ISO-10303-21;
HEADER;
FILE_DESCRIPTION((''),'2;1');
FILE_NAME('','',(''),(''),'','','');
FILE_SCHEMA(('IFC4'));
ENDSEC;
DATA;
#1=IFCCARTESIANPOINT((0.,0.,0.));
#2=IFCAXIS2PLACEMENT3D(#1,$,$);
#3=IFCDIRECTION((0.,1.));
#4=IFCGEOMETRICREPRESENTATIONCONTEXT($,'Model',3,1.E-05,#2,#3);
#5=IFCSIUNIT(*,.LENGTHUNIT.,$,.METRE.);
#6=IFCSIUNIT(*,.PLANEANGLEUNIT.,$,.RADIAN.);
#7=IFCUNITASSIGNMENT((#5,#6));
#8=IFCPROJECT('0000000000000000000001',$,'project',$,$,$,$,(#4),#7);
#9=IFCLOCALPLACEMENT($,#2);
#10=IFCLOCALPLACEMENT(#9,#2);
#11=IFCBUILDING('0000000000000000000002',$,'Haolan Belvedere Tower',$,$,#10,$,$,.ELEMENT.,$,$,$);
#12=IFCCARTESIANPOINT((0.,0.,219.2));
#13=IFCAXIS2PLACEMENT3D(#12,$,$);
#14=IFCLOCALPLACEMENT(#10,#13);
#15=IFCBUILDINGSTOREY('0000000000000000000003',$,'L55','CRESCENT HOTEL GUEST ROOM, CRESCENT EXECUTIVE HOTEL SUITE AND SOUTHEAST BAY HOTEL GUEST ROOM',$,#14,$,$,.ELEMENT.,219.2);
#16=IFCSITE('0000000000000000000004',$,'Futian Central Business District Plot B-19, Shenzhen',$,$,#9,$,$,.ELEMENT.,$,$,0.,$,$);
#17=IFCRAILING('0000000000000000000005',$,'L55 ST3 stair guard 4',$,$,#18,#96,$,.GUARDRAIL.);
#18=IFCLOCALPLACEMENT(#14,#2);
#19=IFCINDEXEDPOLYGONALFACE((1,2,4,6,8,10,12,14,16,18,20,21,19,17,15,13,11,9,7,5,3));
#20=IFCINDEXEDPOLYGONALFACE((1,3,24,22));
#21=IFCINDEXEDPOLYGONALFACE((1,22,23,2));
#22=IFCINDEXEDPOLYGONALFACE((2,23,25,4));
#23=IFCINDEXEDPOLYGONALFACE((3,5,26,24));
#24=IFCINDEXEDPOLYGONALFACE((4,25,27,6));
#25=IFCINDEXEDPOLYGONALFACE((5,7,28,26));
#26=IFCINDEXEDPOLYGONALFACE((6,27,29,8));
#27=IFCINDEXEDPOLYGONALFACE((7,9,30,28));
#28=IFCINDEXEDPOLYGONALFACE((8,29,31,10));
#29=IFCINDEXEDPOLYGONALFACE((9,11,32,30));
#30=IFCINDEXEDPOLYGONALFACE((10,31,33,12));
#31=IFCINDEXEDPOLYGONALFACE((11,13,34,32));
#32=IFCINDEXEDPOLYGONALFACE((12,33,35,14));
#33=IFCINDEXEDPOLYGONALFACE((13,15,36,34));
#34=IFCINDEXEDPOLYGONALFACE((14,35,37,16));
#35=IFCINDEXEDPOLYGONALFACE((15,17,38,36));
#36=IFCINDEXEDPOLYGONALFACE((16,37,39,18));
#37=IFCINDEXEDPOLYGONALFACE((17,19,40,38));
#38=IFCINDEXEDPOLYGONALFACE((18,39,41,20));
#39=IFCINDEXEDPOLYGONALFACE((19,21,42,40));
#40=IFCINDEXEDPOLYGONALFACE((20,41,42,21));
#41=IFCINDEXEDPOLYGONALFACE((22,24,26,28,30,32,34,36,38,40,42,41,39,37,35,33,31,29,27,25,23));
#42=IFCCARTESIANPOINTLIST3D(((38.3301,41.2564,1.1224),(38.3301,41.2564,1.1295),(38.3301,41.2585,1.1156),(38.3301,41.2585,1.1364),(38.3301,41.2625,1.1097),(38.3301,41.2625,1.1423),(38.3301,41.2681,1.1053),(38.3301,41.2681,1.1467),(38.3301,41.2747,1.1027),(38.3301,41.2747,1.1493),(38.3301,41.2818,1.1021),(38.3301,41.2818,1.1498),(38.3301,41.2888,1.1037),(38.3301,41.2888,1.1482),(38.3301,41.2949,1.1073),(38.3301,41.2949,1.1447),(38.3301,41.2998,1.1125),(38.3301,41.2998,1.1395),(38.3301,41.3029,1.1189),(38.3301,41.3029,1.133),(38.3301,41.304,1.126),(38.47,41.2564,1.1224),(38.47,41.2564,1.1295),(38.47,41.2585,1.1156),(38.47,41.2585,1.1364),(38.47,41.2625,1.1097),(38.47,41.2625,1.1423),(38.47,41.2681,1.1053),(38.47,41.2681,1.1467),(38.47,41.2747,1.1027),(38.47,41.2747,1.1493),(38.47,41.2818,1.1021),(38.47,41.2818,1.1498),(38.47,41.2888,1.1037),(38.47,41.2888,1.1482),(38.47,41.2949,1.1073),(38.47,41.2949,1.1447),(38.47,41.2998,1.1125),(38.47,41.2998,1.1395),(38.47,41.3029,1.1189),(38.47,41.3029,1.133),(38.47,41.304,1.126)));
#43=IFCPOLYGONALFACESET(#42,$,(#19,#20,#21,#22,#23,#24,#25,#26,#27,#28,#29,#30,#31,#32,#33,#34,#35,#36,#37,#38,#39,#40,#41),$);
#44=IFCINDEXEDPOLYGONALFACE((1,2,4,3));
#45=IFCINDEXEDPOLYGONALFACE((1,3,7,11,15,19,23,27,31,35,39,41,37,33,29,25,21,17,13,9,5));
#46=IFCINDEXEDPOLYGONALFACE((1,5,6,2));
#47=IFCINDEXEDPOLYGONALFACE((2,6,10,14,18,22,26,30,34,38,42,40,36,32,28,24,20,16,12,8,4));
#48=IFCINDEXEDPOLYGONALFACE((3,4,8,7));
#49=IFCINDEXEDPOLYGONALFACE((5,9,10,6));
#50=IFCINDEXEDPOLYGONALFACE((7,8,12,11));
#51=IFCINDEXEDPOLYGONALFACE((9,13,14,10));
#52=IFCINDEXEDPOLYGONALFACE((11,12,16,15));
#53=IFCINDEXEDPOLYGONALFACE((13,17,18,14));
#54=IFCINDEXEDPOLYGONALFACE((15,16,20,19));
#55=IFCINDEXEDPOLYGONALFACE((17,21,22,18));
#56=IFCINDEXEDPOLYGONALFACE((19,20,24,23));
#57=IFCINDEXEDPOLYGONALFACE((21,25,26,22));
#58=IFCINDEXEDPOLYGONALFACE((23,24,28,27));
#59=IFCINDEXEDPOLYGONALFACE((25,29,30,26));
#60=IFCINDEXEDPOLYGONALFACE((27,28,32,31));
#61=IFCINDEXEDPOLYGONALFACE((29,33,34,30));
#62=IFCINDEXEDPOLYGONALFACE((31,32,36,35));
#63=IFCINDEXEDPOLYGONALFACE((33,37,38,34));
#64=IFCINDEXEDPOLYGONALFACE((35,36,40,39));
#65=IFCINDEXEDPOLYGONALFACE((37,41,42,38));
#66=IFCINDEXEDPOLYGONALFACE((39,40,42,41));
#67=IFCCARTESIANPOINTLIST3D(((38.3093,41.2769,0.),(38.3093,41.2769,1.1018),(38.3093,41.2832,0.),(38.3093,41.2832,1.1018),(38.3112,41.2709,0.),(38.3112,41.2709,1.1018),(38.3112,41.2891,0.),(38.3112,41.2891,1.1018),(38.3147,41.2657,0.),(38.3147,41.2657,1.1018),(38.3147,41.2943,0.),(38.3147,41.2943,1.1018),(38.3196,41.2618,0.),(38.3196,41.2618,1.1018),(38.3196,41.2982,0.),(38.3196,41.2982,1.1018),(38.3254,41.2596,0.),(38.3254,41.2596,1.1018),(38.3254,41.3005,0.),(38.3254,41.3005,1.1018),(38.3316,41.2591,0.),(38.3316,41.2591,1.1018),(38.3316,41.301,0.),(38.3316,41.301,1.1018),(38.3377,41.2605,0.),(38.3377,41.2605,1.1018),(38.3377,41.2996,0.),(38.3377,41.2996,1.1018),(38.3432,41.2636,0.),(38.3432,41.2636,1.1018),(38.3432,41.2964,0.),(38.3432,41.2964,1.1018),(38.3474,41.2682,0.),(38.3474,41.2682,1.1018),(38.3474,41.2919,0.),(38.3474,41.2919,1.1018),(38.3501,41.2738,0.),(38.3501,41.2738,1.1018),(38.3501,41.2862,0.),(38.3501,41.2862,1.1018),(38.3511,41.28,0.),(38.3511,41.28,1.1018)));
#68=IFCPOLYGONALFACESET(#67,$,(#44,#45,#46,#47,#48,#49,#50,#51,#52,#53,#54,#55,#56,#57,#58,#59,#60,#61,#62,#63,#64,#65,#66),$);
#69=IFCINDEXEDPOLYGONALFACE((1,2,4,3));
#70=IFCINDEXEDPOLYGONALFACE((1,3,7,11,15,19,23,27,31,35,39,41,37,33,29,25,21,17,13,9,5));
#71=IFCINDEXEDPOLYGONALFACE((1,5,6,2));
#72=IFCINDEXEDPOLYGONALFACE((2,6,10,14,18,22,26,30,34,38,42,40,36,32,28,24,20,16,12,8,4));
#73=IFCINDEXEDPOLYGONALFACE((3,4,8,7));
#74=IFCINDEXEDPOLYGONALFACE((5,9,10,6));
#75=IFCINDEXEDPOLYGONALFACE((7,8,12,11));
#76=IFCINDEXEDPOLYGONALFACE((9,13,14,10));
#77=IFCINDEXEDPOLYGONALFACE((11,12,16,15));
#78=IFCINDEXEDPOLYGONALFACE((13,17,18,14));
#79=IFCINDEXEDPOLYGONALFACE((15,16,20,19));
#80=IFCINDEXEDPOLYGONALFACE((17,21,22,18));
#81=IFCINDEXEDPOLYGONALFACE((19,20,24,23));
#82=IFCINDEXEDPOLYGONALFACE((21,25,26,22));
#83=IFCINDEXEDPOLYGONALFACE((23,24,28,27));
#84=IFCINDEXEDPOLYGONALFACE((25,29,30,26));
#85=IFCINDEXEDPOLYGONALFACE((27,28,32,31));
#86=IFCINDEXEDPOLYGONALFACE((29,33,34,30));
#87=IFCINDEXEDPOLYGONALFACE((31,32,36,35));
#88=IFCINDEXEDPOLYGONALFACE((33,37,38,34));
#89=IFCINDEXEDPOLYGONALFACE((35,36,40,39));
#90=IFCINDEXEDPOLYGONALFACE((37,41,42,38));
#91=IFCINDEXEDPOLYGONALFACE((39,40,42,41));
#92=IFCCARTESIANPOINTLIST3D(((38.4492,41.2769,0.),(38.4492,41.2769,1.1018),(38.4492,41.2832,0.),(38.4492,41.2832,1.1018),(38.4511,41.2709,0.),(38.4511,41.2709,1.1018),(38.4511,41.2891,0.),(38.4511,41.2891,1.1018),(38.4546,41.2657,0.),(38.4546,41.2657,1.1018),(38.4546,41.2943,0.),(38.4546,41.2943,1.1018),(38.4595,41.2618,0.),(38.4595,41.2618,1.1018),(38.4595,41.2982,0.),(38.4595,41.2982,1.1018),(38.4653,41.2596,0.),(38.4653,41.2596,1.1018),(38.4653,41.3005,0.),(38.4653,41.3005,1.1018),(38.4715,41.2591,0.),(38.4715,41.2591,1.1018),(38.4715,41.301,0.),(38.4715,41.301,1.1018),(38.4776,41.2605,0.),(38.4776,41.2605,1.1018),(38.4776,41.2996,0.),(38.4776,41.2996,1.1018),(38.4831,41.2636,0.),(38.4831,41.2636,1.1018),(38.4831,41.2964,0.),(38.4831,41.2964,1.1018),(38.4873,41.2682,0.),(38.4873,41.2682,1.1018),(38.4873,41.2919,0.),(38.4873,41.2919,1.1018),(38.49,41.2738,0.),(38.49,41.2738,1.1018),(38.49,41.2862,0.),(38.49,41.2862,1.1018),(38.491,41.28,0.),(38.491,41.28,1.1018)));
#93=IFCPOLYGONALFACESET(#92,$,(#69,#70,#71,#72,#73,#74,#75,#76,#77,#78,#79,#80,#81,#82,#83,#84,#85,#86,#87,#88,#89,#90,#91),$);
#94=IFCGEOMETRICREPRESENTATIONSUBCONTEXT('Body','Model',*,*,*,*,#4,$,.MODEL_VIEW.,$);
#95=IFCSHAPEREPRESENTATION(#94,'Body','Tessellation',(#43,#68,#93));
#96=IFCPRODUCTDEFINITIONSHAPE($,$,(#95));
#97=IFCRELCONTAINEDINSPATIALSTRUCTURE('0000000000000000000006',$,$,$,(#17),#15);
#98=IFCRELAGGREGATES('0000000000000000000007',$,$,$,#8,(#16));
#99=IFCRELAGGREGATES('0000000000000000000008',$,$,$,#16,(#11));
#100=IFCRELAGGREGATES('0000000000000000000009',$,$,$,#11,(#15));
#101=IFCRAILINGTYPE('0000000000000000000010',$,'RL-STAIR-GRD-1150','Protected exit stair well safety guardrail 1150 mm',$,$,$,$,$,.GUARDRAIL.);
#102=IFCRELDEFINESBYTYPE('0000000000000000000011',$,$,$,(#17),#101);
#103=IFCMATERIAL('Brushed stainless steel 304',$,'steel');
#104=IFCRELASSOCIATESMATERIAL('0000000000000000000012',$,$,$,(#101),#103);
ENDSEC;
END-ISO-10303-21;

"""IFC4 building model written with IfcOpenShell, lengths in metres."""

from ifc_helpers import new_model, si_unit, direction, frame, origin, origin_2d, place, context, subcontext, project, spatial, circle, extrude, material, type_object, element, save


model = new_model("IFC4")

# Units and contexts
model_context = context("Model", 3, precision=1e-05, world=origin(), true_north=direction((0.0, 1.0)))
body_context = subcontext(model_context, "Body", "Model", "MODEL_VIEW")
ifc_project = project(units=[si_unit("LENGTHUNIT", "METRE"), si_unit("PLANEANGLEUNIT", "RADIAN")], contexts=[model_context])

# Site, building, storey
site_placement = place(None, origin())
site = spatial("IfcSite", under=ifc_project, at=site_placement, Name="Futian Central Business District Plot B-19, Shenzhen", CompositionType="ELEMENT", RefElevation=0.0)
building_placement = place(site_placement, origin())
building = spatial("IfcBuilding", under=site, at=building_placement, Name="Haolan Belvedere Tower", CompositionType="ELEMENT")
storey_placement = place(building_placement, frame((0.0, 0.0, 219.2)))
storey = spatial("IfcBuildingStorey", under=building, at=storey_placement, Name="L55", Description="CRESCENT HOTEL GUEST ROOM, CRESCENT EXECUTIVE HOTEL SUITE AND SOUTHEAST BAY HOTEL GUEST ROOM", CompositionType="ELEMENT", Elevation=219.2)

# Railing
ifc_material_1 = material(Name="Brushed stainless steel 304", Category="steel")
railing_type = type_object("IfcRailingType", Name="RL-STAIR-GRD-1150", Description="Protected exit stair well safety guardrail 1150 mm", PredefinedType="GUARDRAIL", material=ifc_material_1)
railing_1_placement = place(storey_placement, frame((38.3301, 41.28, 0.0)))
element("IfcRailing", 1, at=railing_1_placement, inside=storey, type_object=railing_type, Name="L55 ST3 stair guard 4", PredefinedType="GUARDRAIL", context=body_context, shape_type="SweptSolid", body=[
    extrude(circle(Radius=0.0239, at=origin_2d()), frame((0.0, 0.0, 1.126), z_axis=(1.0, 0.0, 0.0), x_axis=(0.0, 1.0, 0.0)), (0.0, 0.0, 1.0), 0.1399),
    extrude(circle(Radius=0.021, at=origin_2d()), origin(), (0.0, 0.0, 1.0), 1.1018),
    extrude(circle(Radius=0.021, at=origin_2d()), frame((0.1399, 0.0, 0.0)), (0.0, 0.0, 1.0), 1.1018),
])

save(model, "model.ifc")
